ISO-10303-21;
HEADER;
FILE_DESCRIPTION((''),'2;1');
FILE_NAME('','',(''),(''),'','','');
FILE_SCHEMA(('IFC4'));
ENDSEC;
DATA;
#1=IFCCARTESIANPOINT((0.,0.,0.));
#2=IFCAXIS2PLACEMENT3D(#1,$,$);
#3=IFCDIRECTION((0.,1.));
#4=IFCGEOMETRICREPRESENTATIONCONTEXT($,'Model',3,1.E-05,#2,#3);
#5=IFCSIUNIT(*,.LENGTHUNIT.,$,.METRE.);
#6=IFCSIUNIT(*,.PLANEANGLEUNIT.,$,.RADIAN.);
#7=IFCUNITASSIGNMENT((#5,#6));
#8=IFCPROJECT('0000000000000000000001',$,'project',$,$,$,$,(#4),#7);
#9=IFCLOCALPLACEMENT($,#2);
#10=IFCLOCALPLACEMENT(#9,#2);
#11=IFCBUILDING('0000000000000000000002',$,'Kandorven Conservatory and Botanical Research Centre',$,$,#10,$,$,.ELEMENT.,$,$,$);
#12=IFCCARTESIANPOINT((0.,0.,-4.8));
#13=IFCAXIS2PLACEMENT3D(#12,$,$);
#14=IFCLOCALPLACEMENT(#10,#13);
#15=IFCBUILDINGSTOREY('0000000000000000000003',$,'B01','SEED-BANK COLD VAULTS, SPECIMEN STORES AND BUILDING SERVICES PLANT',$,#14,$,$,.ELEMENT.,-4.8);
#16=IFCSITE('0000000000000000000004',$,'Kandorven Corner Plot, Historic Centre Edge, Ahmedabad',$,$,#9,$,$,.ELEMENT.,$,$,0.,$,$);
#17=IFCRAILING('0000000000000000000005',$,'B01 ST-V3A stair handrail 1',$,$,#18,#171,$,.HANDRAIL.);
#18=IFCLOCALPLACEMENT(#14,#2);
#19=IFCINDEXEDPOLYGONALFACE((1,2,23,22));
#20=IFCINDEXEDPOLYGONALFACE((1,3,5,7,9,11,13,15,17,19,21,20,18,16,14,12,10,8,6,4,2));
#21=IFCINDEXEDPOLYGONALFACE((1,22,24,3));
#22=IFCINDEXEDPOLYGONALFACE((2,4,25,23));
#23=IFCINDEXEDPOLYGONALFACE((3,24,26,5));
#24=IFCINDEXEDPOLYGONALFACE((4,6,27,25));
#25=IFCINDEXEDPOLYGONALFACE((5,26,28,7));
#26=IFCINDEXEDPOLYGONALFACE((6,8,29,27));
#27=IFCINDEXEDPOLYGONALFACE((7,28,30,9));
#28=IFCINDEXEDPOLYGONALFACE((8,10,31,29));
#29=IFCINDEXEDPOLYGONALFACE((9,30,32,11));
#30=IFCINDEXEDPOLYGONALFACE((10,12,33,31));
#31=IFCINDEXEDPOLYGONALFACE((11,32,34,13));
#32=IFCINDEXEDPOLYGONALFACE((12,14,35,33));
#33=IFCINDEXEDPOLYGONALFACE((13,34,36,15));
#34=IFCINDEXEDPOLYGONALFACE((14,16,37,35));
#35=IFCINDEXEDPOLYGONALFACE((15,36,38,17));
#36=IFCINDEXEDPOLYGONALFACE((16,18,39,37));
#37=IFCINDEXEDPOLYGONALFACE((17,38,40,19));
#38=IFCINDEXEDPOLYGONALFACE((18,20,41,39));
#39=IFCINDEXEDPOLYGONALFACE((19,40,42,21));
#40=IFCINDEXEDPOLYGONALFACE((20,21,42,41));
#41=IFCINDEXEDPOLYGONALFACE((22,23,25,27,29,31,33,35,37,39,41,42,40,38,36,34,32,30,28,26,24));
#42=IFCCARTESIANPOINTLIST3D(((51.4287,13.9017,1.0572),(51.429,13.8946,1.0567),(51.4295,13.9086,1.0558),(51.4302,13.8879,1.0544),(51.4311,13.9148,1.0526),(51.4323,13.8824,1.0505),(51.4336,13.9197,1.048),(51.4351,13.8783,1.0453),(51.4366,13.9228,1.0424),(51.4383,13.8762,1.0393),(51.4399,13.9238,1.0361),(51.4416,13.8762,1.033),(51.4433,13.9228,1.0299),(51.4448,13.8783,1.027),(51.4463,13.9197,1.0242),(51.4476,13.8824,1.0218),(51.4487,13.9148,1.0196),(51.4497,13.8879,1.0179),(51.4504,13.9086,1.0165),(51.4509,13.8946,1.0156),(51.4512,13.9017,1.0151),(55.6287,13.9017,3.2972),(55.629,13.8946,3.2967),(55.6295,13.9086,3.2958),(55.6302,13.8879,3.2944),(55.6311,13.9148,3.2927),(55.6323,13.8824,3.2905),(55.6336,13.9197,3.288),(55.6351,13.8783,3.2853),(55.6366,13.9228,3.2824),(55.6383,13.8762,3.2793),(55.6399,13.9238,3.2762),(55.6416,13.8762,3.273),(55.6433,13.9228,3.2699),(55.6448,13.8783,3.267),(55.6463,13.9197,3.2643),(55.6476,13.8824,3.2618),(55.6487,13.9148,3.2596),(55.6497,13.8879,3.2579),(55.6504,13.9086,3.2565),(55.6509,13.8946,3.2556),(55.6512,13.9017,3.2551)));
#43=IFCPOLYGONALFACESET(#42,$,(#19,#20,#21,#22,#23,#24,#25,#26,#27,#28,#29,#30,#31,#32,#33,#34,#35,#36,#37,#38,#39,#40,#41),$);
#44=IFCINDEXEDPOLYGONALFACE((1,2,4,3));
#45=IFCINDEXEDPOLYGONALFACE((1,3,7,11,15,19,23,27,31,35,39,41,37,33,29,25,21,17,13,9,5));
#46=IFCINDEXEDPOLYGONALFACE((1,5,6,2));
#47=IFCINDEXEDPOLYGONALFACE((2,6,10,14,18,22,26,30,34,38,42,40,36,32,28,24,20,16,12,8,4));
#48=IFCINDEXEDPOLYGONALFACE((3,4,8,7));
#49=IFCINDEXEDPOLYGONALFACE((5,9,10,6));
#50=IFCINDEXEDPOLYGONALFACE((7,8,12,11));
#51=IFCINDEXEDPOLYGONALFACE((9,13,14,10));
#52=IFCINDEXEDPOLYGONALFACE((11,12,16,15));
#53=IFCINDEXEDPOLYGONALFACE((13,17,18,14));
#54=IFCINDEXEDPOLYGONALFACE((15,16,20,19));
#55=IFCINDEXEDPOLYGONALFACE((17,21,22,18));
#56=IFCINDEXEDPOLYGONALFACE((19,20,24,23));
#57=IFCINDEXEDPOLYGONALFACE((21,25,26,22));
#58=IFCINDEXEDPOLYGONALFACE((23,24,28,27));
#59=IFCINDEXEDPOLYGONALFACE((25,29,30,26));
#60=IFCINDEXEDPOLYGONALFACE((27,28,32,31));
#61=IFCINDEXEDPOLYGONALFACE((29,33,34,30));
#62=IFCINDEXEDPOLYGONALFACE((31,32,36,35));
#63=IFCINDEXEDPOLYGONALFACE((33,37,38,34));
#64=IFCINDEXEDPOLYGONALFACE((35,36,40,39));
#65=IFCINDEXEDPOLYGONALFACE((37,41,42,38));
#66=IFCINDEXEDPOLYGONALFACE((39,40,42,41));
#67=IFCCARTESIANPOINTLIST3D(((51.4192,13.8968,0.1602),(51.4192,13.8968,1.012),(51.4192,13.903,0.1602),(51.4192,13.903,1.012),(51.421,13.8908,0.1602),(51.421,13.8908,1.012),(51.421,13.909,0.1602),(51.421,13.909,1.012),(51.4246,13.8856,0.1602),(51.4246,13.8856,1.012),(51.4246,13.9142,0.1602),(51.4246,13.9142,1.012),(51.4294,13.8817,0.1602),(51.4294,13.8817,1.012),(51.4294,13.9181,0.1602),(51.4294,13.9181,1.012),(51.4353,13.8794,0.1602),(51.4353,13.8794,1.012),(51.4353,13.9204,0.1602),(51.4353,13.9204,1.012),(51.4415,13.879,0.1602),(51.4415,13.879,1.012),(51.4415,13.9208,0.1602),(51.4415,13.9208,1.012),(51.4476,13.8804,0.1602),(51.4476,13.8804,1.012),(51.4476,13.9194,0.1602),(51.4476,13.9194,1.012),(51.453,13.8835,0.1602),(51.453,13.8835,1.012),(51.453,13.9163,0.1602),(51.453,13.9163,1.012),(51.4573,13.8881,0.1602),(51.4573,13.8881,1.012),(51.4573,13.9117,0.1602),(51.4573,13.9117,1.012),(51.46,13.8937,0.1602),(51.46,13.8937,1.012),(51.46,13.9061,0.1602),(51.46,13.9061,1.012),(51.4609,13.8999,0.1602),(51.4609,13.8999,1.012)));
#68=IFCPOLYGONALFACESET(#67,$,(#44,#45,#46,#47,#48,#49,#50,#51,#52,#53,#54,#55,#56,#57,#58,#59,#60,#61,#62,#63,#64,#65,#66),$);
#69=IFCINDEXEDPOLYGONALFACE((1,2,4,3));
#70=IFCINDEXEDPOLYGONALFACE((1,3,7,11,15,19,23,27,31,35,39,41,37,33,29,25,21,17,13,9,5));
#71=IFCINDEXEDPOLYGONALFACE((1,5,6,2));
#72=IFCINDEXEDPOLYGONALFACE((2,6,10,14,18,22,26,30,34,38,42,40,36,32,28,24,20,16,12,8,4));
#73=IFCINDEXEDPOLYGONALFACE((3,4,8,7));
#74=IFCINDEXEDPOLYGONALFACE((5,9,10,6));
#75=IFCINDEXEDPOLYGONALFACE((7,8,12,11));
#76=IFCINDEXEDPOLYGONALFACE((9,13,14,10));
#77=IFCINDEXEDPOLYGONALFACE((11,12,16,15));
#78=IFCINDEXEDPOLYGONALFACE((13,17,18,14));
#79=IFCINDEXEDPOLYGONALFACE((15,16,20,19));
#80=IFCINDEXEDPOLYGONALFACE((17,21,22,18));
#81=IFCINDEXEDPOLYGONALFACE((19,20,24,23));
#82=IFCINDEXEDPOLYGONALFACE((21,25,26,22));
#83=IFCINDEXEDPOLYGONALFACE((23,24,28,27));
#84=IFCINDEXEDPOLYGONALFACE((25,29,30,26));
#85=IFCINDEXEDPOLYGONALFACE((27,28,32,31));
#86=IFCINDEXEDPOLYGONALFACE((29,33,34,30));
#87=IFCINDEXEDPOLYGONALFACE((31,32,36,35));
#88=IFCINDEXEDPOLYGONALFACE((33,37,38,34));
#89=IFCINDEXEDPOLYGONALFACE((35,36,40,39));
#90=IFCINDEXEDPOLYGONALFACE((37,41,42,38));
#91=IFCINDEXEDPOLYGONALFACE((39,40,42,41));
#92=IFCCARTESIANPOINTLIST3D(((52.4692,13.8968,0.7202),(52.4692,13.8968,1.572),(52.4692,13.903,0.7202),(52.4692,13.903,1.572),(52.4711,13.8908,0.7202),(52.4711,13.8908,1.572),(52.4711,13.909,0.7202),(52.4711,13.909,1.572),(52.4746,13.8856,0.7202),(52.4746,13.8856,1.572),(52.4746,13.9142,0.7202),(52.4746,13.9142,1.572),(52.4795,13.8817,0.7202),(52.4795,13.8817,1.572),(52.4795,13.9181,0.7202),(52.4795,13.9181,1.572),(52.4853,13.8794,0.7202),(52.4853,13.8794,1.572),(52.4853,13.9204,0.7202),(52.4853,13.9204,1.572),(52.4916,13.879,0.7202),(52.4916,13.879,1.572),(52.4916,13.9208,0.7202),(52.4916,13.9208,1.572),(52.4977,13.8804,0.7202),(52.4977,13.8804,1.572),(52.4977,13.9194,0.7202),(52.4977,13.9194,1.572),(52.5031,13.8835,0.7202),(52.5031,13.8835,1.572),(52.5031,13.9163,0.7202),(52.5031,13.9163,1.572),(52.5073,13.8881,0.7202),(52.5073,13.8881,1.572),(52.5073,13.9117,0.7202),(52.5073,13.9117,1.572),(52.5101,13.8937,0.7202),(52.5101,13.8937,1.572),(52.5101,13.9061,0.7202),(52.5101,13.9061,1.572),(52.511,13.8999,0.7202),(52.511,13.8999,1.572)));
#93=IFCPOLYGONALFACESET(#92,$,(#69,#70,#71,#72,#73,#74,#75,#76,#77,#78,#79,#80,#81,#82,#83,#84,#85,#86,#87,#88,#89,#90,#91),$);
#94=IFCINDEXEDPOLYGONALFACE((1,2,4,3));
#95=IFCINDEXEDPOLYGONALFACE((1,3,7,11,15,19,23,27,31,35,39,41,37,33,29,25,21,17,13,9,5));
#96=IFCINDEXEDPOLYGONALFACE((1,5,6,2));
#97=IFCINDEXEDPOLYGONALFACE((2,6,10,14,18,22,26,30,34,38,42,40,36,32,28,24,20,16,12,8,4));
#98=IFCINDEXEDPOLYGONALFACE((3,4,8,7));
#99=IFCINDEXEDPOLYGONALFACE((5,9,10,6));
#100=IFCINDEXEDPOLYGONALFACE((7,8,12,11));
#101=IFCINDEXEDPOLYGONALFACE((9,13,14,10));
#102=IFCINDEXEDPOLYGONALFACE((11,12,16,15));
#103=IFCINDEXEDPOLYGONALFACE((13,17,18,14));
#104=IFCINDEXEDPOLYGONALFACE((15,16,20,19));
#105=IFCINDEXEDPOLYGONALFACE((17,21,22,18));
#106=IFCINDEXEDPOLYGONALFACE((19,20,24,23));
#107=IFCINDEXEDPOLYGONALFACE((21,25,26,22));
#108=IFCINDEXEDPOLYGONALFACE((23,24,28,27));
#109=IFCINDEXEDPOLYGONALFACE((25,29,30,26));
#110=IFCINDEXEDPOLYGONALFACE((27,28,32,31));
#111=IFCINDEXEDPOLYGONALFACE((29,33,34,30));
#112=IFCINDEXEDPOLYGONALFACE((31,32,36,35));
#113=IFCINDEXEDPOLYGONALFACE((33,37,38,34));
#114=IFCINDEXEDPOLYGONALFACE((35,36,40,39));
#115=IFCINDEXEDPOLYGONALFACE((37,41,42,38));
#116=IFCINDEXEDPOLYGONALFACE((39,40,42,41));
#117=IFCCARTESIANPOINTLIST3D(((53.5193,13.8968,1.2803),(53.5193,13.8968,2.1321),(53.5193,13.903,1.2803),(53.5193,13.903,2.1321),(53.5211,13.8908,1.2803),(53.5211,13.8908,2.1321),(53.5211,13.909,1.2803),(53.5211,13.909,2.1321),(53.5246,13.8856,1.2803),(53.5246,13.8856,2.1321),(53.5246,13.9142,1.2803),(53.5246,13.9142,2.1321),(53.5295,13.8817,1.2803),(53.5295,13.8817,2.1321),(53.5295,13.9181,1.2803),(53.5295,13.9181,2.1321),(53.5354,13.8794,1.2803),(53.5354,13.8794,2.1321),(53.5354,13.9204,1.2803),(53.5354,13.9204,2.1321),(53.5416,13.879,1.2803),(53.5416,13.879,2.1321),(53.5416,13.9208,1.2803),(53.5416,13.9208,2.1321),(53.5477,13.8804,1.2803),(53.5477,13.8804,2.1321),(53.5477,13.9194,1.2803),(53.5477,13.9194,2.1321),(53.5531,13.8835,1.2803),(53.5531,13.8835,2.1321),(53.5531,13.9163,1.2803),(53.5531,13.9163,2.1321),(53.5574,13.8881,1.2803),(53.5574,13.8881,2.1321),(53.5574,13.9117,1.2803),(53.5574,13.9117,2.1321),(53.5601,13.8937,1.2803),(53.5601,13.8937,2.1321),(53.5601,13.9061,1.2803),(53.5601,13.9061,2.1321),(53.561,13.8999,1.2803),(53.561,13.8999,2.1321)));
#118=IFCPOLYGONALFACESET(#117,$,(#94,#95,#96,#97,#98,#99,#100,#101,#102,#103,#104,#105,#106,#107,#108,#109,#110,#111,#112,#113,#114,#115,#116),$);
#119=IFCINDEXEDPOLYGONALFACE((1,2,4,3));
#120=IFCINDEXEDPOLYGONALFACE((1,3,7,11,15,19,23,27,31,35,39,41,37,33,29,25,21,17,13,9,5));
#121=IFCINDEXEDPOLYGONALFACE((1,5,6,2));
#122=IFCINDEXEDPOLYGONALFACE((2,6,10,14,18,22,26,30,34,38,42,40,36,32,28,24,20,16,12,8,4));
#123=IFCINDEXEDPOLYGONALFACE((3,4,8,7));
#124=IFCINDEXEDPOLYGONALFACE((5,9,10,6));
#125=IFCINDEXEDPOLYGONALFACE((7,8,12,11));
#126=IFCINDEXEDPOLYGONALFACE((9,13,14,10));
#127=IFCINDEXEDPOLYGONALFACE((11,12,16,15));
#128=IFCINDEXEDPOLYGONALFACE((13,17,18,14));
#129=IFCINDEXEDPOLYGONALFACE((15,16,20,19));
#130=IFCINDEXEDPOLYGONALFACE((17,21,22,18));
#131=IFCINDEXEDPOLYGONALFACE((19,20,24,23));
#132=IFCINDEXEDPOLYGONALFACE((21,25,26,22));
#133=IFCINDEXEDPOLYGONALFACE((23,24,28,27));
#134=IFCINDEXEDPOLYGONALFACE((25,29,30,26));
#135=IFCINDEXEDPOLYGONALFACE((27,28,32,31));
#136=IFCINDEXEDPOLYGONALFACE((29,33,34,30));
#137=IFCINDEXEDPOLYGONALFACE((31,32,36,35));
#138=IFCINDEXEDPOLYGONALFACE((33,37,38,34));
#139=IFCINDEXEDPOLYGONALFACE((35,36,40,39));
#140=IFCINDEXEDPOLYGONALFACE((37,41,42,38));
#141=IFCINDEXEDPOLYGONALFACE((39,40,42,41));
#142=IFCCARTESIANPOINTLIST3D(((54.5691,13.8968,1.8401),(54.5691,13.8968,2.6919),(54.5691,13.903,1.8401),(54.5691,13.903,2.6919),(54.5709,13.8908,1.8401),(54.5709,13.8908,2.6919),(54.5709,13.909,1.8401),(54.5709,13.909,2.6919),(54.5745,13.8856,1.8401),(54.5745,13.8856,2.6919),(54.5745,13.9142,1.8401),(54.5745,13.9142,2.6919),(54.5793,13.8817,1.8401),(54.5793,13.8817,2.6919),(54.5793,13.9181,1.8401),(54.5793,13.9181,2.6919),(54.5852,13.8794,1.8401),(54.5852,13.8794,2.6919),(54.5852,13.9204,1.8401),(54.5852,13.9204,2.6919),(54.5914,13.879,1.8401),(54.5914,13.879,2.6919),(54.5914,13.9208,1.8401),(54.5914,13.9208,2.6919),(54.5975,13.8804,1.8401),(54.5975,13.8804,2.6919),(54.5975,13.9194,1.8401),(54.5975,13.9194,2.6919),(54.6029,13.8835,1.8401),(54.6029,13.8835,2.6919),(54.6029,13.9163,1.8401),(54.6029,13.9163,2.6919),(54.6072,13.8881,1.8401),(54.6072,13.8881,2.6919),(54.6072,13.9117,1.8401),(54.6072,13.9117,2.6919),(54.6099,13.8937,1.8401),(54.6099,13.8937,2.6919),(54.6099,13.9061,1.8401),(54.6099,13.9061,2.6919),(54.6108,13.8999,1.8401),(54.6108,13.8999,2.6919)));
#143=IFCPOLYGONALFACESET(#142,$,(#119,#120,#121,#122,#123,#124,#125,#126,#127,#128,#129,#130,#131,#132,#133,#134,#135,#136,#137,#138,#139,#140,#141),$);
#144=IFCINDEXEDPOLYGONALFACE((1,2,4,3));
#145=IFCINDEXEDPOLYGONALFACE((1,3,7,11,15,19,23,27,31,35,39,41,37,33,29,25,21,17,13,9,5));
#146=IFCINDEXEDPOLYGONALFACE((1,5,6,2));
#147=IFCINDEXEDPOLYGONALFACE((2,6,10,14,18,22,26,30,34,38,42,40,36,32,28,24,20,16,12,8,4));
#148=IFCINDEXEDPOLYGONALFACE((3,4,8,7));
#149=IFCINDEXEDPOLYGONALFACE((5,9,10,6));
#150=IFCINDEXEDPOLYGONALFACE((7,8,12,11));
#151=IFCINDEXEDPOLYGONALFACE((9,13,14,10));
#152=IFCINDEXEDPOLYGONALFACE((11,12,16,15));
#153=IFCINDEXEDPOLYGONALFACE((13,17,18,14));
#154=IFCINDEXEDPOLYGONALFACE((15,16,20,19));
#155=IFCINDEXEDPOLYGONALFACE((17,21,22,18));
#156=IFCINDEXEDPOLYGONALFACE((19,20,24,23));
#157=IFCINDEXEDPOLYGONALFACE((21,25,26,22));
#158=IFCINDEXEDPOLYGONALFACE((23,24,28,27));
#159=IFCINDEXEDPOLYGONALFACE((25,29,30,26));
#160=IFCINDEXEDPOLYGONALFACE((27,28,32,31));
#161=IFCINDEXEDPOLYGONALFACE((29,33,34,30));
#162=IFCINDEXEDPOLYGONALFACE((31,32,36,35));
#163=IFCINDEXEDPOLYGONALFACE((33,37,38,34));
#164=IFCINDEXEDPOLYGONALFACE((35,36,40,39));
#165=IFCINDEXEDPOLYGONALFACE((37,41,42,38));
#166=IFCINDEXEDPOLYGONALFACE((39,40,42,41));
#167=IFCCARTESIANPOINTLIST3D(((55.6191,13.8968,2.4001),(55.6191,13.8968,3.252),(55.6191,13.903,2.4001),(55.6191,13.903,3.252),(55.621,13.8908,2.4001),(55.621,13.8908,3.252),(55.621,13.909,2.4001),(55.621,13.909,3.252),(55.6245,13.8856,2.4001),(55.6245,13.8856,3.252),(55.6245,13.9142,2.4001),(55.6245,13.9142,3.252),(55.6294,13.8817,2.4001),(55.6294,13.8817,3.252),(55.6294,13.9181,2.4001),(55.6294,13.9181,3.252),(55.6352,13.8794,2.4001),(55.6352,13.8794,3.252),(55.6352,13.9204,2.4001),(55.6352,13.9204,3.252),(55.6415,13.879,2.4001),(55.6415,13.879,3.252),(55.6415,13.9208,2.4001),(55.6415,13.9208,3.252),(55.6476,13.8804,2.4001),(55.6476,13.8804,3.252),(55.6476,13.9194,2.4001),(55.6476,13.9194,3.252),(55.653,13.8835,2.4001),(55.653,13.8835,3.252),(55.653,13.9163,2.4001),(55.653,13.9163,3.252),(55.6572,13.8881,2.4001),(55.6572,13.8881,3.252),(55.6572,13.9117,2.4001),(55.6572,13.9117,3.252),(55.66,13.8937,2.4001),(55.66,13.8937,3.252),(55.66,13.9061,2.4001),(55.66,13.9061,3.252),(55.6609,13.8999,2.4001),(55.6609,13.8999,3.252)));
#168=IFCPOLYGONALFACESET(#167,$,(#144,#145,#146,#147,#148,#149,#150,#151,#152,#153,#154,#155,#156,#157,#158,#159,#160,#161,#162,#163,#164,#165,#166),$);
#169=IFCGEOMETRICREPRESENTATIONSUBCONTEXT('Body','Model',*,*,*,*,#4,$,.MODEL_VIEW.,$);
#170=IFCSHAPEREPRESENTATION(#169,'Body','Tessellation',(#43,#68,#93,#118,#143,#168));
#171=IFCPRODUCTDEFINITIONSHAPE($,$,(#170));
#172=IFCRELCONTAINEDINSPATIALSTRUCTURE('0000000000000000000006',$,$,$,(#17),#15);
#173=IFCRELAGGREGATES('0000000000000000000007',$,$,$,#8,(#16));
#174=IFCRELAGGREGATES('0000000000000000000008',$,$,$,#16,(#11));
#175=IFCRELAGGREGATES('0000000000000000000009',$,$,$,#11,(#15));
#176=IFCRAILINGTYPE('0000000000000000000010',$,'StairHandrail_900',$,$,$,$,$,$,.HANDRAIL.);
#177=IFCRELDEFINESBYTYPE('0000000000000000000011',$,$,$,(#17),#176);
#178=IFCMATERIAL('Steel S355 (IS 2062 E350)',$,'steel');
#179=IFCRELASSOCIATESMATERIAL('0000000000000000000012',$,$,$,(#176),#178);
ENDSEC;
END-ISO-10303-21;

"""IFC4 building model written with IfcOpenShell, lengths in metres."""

from ifc_helpers import new_model, si_unit, direction, frame, origin, origin_2d, place, context, subcontext, project, spatial, circle, extrude, material, type_object, element, save


model = new_model("IFC4")

# Units and contexts
model_context = context("Model", 3, precision=1e-05, world=origin(), true_north=direction((0.0, 1.0)))
body_context = subcontext(model_context, "Body", "Model", "MODEL_VIEW")
ifc_project = project(units=[si_unit("LENGTHUNIT", "METRE"), si_unit("PLANEANGLEUNIT", "RADIAN")], contexts=[model_context])

# Site, building, storey
site_placement = place(None, origin())
site = spatial("IfcSite", under=ifc_project, at=site_placement, Name="Kandorven Corner Plot, Historic Centre Edge, Ahmedabad", CompositionType="ELEMENT", RefElevation=0.0)
building_placement = place(site_placement, origin())
building = spatial("IfcBuilding", under=site, at=building_placement, Name="Kandorven Conservatory and Botanical Research Centre", CompositionType="ELEMENT")
storey_placement = place(building_placement, frame((0.0, 0.0, -4.8)))
storey = spatial("IfcBuildingStorey", under=building, at=storey_placement, Name="B01", Description="SEED-BANK COLD VAULTS, SPECIMEN STORES AND BUILDING SERVICES PLANT", CompositionType="ELEMENT", Elevation=-4.8)

# Railing
ifc_material_1 = material(Name="Steel S355 (IS 2062 E350)", Category="steel")
railing_type_1 = type_object("IfcRailingType", Name="StairHandrail_900", PredefinedType="HANDRAIL", material=ifc_material_1)
railing_1_placement = place(storey_placement, frame((51.4399, 13.8999, 0.1602)))
element("IfcRailing", 1, at=railing_1_placement, inside=storey, type_object=railing_type_1, Name="B01 ST-V3A stair handrail 1", PredefinedType="HANDRAIL", context=body_context, shape_type="SweptSolid", body=[
    extrude(circle(Radius=0.0239, at=origin_2d()), frame((0.0, 0.0, 0.876), z_axis=(0.882352, 0.0, 0.470591), x_axis=(0.0, 1.0, 0.0)), (0.0, 0.0, 1.0), 4.76),
    extrude(circle(Radius=0.021, at=origin_2d()), origin(), (0.0, 0.0, 1.0), 0.8518),
    extrude(circle(Radius=0.021, at=origin_2d()), frame((1.05, 0.0, 0.5601)), (0.0, 0.0, 1.0), 0.8518),
    extrude(circle(Radius=0.021, at=origin_2d()), frame((2.1001, 0.0, 1.1201)), (0.0, 0.0, 1.0), 0.8518),
    extrude(circle(Radius=0.021, at=origin_2d()), frame((3.1499, 0.0, 1.6799)), (0.0, 0.0, 1.0), 0.8518),
    extrude(circle(Radius=0.021, at=origin_2d()), frame((4.2, 0.0, 2.24)), (0.0, 0.0, 1.0), 0.8518),
])

save(model, "model.ifc")
